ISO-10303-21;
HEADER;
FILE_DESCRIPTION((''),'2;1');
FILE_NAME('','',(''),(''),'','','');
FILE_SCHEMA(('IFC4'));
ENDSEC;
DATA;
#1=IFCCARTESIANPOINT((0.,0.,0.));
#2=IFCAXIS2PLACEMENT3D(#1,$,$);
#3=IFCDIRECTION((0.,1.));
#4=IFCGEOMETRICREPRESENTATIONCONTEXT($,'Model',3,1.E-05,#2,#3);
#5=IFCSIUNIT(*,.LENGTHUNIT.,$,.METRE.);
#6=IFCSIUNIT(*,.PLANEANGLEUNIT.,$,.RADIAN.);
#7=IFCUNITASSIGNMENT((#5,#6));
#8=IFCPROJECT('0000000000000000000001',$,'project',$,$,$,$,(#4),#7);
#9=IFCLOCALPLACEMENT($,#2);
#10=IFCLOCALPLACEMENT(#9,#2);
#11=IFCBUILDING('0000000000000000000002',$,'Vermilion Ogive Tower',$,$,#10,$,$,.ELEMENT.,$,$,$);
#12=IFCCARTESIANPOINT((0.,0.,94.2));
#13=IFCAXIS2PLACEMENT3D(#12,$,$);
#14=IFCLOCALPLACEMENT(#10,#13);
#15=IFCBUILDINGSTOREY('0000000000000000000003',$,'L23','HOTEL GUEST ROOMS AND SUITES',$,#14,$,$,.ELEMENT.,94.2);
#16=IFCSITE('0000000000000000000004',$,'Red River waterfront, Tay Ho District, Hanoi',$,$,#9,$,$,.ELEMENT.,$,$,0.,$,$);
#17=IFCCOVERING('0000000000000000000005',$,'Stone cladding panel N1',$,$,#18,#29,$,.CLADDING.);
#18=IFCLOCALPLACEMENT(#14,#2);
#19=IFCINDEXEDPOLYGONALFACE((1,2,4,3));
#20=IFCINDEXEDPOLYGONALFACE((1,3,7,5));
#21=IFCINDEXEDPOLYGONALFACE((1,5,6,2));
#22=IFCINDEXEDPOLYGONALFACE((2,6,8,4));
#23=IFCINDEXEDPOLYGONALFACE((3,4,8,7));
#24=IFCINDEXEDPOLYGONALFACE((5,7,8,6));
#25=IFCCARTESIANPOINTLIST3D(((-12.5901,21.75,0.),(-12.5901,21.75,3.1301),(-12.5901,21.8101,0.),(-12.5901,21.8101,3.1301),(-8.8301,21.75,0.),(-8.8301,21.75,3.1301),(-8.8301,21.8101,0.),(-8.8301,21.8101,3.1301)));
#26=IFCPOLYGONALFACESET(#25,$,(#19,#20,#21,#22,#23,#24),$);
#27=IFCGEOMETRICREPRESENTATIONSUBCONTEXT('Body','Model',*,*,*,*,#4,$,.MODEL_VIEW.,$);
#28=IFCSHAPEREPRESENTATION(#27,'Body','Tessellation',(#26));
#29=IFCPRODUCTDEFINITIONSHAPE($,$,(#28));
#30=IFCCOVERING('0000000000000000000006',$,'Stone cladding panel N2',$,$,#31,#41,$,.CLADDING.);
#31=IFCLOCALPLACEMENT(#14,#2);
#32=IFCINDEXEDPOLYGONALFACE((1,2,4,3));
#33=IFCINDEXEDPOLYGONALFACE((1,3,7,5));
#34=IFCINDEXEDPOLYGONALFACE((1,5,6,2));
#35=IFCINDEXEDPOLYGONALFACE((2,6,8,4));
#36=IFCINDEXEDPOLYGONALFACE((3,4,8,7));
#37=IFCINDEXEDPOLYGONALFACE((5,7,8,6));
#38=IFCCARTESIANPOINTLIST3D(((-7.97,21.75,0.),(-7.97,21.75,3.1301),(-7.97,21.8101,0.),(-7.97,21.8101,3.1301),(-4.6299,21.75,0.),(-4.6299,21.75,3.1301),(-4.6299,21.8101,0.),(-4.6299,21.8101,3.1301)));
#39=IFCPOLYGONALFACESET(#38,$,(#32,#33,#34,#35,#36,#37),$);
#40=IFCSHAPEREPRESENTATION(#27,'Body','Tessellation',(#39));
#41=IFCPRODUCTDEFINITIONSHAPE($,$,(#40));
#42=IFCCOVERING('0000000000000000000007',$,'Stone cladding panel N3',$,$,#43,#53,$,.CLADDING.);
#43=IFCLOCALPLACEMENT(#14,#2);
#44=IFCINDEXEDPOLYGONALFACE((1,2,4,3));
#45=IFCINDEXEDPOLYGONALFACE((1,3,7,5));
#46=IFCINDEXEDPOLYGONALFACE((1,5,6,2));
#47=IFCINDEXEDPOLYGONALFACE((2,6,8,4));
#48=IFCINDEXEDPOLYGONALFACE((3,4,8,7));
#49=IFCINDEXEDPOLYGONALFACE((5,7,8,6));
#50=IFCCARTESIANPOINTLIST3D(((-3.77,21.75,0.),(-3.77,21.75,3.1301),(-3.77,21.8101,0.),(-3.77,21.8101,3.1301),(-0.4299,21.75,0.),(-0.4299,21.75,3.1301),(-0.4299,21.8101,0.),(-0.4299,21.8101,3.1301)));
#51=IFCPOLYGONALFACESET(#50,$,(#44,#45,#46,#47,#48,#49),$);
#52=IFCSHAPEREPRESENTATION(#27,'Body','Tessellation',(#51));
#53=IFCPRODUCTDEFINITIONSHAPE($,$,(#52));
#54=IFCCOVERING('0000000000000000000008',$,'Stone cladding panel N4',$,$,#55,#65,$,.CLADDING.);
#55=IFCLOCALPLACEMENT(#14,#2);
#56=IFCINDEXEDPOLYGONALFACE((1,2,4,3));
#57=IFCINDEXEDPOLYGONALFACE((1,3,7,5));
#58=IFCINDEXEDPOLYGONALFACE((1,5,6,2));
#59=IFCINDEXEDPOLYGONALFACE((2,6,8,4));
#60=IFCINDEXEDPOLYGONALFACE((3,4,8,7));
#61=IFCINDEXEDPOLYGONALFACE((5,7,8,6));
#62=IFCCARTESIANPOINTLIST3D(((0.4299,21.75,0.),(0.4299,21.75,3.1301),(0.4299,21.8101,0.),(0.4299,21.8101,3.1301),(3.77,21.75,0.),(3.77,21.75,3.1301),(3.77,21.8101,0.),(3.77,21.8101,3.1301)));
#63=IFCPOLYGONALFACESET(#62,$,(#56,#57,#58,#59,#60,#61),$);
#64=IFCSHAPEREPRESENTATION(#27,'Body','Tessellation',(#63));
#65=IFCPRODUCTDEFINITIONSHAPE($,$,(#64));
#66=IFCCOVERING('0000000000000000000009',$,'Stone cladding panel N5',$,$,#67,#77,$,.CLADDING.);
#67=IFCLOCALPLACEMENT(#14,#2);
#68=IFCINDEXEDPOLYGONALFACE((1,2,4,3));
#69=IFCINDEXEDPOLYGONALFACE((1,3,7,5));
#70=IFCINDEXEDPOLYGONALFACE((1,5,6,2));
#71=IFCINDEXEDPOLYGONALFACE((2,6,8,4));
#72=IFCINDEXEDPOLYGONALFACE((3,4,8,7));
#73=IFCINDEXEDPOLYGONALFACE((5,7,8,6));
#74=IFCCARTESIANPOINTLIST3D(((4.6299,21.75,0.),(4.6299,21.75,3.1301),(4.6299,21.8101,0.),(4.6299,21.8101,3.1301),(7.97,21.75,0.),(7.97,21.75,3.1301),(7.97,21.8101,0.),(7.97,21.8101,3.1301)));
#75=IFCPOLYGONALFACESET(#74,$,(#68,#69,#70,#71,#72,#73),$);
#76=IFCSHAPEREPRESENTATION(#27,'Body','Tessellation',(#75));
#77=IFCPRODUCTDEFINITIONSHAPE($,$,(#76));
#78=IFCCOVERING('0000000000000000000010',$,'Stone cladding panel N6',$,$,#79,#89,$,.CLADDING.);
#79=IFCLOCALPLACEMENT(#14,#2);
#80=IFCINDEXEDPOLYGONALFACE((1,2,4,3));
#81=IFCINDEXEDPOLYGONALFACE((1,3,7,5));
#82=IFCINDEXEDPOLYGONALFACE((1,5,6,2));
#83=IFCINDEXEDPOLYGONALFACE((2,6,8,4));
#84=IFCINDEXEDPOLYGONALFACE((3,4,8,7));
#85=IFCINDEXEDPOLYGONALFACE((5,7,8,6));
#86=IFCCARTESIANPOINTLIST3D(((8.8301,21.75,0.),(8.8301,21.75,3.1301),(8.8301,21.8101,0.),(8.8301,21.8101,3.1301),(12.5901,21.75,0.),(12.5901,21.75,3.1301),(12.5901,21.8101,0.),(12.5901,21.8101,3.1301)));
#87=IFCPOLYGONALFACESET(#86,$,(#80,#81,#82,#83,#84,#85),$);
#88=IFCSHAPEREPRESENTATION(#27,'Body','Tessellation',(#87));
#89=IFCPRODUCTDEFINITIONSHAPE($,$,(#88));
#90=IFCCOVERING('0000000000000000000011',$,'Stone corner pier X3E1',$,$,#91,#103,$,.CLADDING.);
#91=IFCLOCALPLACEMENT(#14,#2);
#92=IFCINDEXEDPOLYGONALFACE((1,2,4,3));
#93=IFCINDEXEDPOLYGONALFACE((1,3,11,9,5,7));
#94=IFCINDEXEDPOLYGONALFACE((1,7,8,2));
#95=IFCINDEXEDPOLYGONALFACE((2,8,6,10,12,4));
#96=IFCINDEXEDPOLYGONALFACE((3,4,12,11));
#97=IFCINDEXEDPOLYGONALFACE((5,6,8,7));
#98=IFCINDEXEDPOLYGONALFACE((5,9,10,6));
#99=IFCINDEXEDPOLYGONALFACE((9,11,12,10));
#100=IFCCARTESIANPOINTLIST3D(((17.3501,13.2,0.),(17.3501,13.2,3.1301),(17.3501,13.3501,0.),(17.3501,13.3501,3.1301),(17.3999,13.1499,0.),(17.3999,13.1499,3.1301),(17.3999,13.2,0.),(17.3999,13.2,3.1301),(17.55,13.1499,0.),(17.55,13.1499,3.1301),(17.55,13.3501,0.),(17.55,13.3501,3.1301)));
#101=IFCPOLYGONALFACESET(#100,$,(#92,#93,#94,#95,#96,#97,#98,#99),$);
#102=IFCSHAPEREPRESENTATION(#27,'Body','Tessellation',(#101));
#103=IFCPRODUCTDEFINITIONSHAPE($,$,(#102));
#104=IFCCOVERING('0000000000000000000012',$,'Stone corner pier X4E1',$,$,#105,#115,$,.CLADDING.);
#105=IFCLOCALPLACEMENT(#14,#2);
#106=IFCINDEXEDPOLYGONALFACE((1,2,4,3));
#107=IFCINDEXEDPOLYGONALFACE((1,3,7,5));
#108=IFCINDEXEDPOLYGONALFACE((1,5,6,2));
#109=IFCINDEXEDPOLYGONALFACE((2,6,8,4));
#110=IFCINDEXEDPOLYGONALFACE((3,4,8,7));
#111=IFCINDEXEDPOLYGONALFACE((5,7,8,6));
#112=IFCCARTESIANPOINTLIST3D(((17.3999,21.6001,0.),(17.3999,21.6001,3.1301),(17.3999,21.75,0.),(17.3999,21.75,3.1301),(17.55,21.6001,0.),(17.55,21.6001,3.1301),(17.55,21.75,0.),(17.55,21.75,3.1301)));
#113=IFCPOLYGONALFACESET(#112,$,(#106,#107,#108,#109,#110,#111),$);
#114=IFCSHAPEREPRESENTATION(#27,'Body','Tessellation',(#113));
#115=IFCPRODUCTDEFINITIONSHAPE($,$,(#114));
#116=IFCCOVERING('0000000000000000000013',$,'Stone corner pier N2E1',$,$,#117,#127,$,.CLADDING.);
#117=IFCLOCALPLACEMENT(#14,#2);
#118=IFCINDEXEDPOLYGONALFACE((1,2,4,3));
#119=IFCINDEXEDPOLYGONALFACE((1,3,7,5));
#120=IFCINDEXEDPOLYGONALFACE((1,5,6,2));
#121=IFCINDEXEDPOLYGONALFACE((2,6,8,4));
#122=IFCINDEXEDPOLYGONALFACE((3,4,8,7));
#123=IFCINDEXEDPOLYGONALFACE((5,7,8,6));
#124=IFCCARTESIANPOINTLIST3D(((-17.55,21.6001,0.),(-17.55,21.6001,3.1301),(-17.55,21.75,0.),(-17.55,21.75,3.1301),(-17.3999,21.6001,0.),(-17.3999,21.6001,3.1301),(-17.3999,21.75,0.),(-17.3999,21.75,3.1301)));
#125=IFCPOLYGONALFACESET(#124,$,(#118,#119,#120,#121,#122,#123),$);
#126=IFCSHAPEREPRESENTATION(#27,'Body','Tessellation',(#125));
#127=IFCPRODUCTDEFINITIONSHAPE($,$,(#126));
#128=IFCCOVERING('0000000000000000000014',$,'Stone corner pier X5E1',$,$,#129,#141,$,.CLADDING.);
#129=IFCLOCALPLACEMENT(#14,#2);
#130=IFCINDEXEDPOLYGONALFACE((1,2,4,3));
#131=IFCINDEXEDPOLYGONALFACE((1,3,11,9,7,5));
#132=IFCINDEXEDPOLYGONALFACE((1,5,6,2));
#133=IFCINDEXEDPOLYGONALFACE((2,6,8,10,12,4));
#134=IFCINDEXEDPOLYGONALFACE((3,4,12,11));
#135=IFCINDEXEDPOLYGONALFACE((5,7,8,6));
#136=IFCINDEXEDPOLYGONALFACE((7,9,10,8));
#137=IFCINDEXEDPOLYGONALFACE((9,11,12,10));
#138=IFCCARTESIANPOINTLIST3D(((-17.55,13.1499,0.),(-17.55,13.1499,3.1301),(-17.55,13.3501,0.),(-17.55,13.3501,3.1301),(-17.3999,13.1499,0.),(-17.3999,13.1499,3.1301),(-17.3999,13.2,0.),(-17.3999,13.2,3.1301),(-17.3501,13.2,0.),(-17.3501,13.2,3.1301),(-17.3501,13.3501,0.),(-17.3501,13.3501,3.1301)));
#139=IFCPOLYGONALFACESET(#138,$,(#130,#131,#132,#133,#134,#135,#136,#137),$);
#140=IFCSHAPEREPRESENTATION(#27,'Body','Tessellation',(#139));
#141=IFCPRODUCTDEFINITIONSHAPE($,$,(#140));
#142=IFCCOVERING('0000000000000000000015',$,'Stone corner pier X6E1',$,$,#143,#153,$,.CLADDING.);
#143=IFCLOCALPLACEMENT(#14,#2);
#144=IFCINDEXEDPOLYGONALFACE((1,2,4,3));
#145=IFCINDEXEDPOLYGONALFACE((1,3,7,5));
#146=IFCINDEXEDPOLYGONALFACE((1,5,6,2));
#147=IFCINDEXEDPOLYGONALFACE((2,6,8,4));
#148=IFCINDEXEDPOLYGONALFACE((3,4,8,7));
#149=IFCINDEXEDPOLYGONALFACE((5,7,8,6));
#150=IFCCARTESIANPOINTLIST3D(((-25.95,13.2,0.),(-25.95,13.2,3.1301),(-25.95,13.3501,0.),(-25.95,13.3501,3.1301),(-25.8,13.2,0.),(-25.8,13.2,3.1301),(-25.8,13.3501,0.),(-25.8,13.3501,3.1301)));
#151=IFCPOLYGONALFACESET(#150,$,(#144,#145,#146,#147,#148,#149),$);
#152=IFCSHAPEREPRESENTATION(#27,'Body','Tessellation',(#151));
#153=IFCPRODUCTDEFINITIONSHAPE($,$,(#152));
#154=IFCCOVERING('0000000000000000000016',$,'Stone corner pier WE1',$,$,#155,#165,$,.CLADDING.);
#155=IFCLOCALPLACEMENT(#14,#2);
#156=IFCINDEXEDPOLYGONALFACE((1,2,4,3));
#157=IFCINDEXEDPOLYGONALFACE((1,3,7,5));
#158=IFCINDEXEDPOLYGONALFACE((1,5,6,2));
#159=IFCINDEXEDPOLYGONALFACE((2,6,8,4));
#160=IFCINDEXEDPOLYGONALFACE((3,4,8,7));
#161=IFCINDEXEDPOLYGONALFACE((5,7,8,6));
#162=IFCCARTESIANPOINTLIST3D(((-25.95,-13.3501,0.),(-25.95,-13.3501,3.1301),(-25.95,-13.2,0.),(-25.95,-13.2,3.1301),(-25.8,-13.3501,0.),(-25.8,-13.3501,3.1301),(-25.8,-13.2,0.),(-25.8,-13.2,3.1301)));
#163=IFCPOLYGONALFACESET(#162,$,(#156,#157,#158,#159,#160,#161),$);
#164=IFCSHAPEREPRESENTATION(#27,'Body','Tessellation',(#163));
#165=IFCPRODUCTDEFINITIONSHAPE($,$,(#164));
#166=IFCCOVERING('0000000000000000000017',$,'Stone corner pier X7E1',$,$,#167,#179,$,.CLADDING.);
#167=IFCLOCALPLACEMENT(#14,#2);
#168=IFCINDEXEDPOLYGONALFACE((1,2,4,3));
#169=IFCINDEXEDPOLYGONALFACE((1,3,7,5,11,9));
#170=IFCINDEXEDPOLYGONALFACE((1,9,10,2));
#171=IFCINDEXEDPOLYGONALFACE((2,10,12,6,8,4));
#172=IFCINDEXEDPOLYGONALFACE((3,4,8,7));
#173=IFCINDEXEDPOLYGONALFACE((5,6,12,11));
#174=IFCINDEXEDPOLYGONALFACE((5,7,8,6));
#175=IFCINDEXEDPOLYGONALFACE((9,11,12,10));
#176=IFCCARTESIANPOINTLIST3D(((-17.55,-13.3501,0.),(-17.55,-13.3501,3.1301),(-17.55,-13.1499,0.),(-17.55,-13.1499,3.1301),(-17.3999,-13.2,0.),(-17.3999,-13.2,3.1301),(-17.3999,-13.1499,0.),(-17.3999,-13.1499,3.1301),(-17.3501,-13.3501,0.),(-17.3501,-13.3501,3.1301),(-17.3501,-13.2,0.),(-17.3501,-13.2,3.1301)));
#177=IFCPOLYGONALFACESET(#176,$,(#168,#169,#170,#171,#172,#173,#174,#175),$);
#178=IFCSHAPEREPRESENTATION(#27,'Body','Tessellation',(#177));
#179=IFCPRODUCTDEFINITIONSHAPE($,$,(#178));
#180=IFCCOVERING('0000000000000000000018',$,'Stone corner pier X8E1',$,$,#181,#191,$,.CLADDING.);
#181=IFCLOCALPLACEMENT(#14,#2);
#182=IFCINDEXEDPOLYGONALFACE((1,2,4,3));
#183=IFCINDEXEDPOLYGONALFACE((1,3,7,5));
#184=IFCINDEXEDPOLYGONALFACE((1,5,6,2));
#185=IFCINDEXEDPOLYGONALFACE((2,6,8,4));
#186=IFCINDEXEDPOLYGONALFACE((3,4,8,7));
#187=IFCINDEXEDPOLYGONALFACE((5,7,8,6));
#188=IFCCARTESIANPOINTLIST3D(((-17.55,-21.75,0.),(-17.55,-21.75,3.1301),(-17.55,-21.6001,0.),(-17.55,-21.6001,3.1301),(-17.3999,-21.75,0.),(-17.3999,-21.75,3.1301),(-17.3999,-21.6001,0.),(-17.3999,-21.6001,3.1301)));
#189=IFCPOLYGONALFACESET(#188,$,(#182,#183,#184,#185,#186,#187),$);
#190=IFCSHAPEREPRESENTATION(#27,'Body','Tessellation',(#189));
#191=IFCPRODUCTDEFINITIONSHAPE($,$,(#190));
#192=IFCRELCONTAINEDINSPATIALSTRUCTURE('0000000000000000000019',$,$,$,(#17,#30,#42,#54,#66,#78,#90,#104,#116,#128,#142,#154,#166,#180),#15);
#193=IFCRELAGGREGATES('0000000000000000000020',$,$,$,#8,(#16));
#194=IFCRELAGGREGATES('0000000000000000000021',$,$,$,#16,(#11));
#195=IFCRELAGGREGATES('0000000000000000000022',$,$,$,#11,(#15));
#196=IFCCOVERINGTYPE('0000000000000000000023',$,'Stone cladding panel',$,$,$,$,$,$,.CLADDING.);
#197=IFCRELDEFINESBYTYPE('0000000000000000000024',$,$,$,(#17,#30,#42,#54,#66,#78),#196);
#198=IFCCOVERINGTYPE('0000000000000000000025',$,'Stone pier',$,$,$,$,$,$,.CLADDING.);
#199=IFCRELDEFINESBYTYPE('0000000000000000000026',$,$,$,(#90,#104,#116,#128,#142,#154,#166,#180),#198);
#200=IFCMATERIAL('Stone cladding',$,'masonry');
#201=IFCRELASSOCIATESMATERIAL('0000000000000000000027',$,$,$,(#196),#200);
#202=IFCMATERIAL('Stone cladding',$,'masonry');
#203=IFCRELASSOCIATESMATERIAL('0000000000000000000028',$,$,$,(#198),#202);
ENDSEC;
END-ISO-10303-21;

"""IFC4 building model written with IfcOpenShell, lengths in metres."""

from ifc_helpers import new_model, si_unit, direction, frame, origin, place, context, subcontext, project, spatial, polyline, outline, extrude, material, type_object, element, save


model = new_model("IFC4")

# Units and contexts
model_context = context("Model", 3, precision=1e-05, world=origin(), true_north=direction((0.0, 1.0)))
body_context = subcontext(model_context, "Body", "Model", "MODEL_VIEW")
ifc_project = project(units=[si_unit("LENGTHUNIT", "METRE"), si_unit("PLANEANGLEUNIT", "RADIAN")], contexts=[model_context])

# Site, building, storey
site_placement = place(None, origin())
site = spatial("IfcSite", under=ifc_project, at=site_placement, Name="Red River waterfront, Tay Ho District, Hanoi", CompositionType="ELEMENT", RefElevation=0.0)
building_placement = place(site_placement, origin())
building = spatial("IfcBuilding", under=site, at=building_placement, Name="Vermilion Ogive Tower", CompositionType="ELEMENT")
storey_placement = place(building_placement, frame((0.0, 0.0, 94.2)))
storey = spatial("IfcBuildingStorey", under=building, at=storey_placement, Name="L23", Description="HOTEL GUEST ROOMS AND SUITES", CompositionType="ELEMENT", Elevation=94.2)

# Coverings
ifc_material_1 = material(Name="Stone cladding", Category="masonry")
covering_type_1 = type_object("IfcCoveringType", Name="Stone cladding panel", PredefinedType="CLADDING", material=ifc_material_1)
covering_1_placement = place(storey_placement, origin())
element("IfcCovering", 1, at=covering_1_placement, inside=storey, type_object=covering_type_1, Name="Stone cladding panel N1", PredefinedType="CLADDING", context=body_context, shape_type="SweptSolid", body=[
    extrude(outline(polyline([(-12.5901, 21.75), (-8.8301, 21.75), (-8.8301, 21.8101), (-12.5901, 21.8101), (-12.5901, 21.75)])), origin(), (0.0, 0.0, 1.0), 3.1301),
])
covering_2_placement = place(storey_placement, origin())
element("IfcCovering", 2, at=covering_2_placement, inside=storey, type_object=covering_type_1, Name="Stone cladding panel N2", PredefinedType="CLADDING", context=body_context, shape_type="SweptSolid", body=[
    extrude(outline(polyline([(-7.97, 21.75), (-4.6299, 21.75), (-4.6299, 21.8101), (-7.97, 21.8101), (-7.97, 21.75)])), origin(), (0.0, 0.0, 1.0), 3.1301),
])
covering_3_placement = place(storey_placement, origin())
element("IfcCovering", 3, at=covering_3_placement, inside=storey, type_object=covering_type_1, Name="Stone cladding panel N3", PredefinedType="CLADDING", context=body_context, shape_type="SweptSolid", body=[
    extrude(outline(polyline([(-3.77, 21.75), (-0.4299, 21.75), (-0.4299, 21.8101), (-3.77, 21.8101), (-3.77, 21.75)])), origin(), (0.0, 0.0, 1.0), 3.1301),
])
covering_4_placement = place(storey_placement, origin())
element("IfcCovering", 4, at=covering_4_placement, inside=storey, type_object=covering_type_1, Name="Stone cladding panel N4", PredefinedType="CLADDING", context=body_context, shape_type="SweptSolid", body=[
    extrude(outline(polyline([(0.4299, 21.75), (3.77, 21.75), (3.77, 21.8101), (0.4299, 21.8101), (0.4299, 21.75)])), origin(), (0.0, 0.0, 1.0), 3.1301),
])
covering_5_placement = place(storey_placement, origin())
element("IfcCovering", 5, at=covering_5_placement, inside=storey, type_object=covering_type_1, Name="Stone cladding panel N5", PredefinedType="CLADDING", context=body_context, shape_type="SweptSolid", body=[
    extrude(outline(polyline([(4.6299, 21.75), (7.97, 21.75), (7.97, 21.8101), (4.6299, 21.8101), (4.6299, 21.75)])), origin(), (0.0, 0.0, 1.0), 3.1301),
])
covering_6_placement = place(storey_placement, origin())
element("IfcCovering", 6, at=covering_6_placement, inside=storey, type_object=covering_type_1, Name="Stone cladding panel N6", PredefinedType="CLADDING", context=body_context, shape_type="SweptSolid", body=[
    extrude(outline(polyline([(8.8301, 21.75), (12.5901, 21.75), (12.5901, 21.8101), (8.8301, 21.8101), (8.8301, 21.75)])), origin(), (0.0, 0.0, 1.0), 3.1301),
])
ifc_material_2 = material(Name="Stone cladding", Category="masonry")
covering_type_2 = type_object("IfcCoveringType", Name="Stone pier", PredefinedType="CLADDING", material=ifc_material_2)
covering_7_placement = place(storey_placement, origin())
element("IfcCovering", 7, at=covering_7_placement, inside=storey, type_object=covering_type_2, Name="Stone corner pier X3E1", PredefinedType="CLADDING", context=body_context, shape_type="SweptSolid", body=[
    extrude(outline(polyline([(17.3999, 13.1499), (17.3999, 13.2), (17.3501, 13.2), (17.3501, 13.3501), (17.55, 13.3501), (17.55, 13.1499), (17.3999, 13.1499)])), origin(), (0.0, 0.0, 1.0), 3.1301),
])
covering_8_placement = place(storey_placement, origin())
element("IfcCovering", 8, at=covering_8_placement, inside=storey, type_object=covering_type_2, Name="Stone corner pier X4E1", PredefinedType="CLADDING", context=body_context, shape_type="SweptSolid", body=[
    extrude(outline(polyline([(17.55, 21.6001), (17.3999, 21.6001), (17.3999, 21.6001), (17.3999, 21.75), (17.55, 21.75), (17.55, 21.6001)])), origin(), (0.0, 0.0, 1.0), 3.1301),
])
covering_9_placement = place(storey_placement, origin())
element("IfcCovering", 9, at=covering_9_placement, inside=storey, type_object=covering_type_2, Name="Stone corner pier N2E1", PredefinedType="CLADDING", context=body_context, shape_type="SweptSolid", body=[
    extrude(outline(polyline([(-17.3999, 21.75), (-17.3999, 21.6001), (-17.3999, 21.6001), (-17.55, 21.6001), (-17.55, 21.75), (-17.3999, 21.75)])), origin(), (0.0, 0.0, 1.0), 3.1301),
])
covering_10_placement = place(storey_placement, origin())
element("IfcCovering", 10, at=covering_10_placement, inside=storey, type_object=covering_type_2, Name="Stone corner pier X5E1", PredefinedType="CLADDING", context=body_context, shape_type="SweptSolid", body=[
    extrude(outline(polyline([(-17.3501, 13.2), (-17.3999, 13.2), (-17.3999, 13.1499), (-17.55, 13.1499), (-17.55, 13.3501), (-17.3501, 13.3501), (-17.3501, 13.2)])), origin(), (0.0, 0.0, 1.0), 3.1301),
])
covering_11_placement = place(storey_placement, origin())
element("IfcCovering", 11, at=covering_11_placement, inside=storey, type_object=covering_type_2, Name="Stone corner pier X6E1", PredefinedType="CLADDING", context=body_context, shape_type="SweptSolid", body=[
    extrude(outline(polyline([(-25.8, 13.3501), (-25.8, 13.2), (-25.95, 13.2), (-25.95, 13.3501), (-25.8, 13.3501)])), origin(), (0.0, 0.0, 1.0), 3.1301),
])
covering_12_placement = place(storey_placement, origin())
element("IfcCovering", 12, at=covering_12_placement, inside=storey, type_object=covering_type_2, Name="Stone corner pier WE1", PredefinedType="CLADDING", context=body_context, shape_type="SweptSolid", body=[
    extrude(outline(polyline([(-25.95, -13.2), (-25.8, -13.2), (-25.8, -13.3501), (-25.95, -13.3501), (-25.95, -13.2)])), origin(), (0.0, 0.0, 1.0), 3.1301),
])
covering_13_placement = place(storey_placement, origin())
element("IfcCovering", 13, at=covering_13_placement, inside=storey, type_object=covering_type_2, Name="Stone corner pier X7E1", PredefinedType="CLADDING", context=body_context, shape_type="SweptSolid", body=[
    extrude(outline(polyline([(-17.3999, -13.1499), (-17.3999, -13.2), (-17.3501, -13.2), (-17.3501, -13.3501), (-17.55, -13.3501), (-17.55, -13.1499), (-17.3999, -13.1499)])), origin(), (0.0, 0.0, 1.0), 3.1301),
])
covering_14_placement = place(storey_placement, origin())
element("IfcCovering", 14, at=covering_14_placement, inside=storey, type_object=covering_type_2, Name="Stone corner pier X8E1", PredefinedType="CLADDING", context=body_context, shape_type="SweptSolid", body=[
    extrude(outline(polyline([(-17.55, -21.6001), (-17.3999, -21.6001), (-17.3999, -21.6001), (-17.3999, -21.75), (-17.55, -21.75), (-17.55, -21.6001)])), origin(), (0.0, 0.0, 1.0), 3.1301),
])

save(model, "model.ifc")
